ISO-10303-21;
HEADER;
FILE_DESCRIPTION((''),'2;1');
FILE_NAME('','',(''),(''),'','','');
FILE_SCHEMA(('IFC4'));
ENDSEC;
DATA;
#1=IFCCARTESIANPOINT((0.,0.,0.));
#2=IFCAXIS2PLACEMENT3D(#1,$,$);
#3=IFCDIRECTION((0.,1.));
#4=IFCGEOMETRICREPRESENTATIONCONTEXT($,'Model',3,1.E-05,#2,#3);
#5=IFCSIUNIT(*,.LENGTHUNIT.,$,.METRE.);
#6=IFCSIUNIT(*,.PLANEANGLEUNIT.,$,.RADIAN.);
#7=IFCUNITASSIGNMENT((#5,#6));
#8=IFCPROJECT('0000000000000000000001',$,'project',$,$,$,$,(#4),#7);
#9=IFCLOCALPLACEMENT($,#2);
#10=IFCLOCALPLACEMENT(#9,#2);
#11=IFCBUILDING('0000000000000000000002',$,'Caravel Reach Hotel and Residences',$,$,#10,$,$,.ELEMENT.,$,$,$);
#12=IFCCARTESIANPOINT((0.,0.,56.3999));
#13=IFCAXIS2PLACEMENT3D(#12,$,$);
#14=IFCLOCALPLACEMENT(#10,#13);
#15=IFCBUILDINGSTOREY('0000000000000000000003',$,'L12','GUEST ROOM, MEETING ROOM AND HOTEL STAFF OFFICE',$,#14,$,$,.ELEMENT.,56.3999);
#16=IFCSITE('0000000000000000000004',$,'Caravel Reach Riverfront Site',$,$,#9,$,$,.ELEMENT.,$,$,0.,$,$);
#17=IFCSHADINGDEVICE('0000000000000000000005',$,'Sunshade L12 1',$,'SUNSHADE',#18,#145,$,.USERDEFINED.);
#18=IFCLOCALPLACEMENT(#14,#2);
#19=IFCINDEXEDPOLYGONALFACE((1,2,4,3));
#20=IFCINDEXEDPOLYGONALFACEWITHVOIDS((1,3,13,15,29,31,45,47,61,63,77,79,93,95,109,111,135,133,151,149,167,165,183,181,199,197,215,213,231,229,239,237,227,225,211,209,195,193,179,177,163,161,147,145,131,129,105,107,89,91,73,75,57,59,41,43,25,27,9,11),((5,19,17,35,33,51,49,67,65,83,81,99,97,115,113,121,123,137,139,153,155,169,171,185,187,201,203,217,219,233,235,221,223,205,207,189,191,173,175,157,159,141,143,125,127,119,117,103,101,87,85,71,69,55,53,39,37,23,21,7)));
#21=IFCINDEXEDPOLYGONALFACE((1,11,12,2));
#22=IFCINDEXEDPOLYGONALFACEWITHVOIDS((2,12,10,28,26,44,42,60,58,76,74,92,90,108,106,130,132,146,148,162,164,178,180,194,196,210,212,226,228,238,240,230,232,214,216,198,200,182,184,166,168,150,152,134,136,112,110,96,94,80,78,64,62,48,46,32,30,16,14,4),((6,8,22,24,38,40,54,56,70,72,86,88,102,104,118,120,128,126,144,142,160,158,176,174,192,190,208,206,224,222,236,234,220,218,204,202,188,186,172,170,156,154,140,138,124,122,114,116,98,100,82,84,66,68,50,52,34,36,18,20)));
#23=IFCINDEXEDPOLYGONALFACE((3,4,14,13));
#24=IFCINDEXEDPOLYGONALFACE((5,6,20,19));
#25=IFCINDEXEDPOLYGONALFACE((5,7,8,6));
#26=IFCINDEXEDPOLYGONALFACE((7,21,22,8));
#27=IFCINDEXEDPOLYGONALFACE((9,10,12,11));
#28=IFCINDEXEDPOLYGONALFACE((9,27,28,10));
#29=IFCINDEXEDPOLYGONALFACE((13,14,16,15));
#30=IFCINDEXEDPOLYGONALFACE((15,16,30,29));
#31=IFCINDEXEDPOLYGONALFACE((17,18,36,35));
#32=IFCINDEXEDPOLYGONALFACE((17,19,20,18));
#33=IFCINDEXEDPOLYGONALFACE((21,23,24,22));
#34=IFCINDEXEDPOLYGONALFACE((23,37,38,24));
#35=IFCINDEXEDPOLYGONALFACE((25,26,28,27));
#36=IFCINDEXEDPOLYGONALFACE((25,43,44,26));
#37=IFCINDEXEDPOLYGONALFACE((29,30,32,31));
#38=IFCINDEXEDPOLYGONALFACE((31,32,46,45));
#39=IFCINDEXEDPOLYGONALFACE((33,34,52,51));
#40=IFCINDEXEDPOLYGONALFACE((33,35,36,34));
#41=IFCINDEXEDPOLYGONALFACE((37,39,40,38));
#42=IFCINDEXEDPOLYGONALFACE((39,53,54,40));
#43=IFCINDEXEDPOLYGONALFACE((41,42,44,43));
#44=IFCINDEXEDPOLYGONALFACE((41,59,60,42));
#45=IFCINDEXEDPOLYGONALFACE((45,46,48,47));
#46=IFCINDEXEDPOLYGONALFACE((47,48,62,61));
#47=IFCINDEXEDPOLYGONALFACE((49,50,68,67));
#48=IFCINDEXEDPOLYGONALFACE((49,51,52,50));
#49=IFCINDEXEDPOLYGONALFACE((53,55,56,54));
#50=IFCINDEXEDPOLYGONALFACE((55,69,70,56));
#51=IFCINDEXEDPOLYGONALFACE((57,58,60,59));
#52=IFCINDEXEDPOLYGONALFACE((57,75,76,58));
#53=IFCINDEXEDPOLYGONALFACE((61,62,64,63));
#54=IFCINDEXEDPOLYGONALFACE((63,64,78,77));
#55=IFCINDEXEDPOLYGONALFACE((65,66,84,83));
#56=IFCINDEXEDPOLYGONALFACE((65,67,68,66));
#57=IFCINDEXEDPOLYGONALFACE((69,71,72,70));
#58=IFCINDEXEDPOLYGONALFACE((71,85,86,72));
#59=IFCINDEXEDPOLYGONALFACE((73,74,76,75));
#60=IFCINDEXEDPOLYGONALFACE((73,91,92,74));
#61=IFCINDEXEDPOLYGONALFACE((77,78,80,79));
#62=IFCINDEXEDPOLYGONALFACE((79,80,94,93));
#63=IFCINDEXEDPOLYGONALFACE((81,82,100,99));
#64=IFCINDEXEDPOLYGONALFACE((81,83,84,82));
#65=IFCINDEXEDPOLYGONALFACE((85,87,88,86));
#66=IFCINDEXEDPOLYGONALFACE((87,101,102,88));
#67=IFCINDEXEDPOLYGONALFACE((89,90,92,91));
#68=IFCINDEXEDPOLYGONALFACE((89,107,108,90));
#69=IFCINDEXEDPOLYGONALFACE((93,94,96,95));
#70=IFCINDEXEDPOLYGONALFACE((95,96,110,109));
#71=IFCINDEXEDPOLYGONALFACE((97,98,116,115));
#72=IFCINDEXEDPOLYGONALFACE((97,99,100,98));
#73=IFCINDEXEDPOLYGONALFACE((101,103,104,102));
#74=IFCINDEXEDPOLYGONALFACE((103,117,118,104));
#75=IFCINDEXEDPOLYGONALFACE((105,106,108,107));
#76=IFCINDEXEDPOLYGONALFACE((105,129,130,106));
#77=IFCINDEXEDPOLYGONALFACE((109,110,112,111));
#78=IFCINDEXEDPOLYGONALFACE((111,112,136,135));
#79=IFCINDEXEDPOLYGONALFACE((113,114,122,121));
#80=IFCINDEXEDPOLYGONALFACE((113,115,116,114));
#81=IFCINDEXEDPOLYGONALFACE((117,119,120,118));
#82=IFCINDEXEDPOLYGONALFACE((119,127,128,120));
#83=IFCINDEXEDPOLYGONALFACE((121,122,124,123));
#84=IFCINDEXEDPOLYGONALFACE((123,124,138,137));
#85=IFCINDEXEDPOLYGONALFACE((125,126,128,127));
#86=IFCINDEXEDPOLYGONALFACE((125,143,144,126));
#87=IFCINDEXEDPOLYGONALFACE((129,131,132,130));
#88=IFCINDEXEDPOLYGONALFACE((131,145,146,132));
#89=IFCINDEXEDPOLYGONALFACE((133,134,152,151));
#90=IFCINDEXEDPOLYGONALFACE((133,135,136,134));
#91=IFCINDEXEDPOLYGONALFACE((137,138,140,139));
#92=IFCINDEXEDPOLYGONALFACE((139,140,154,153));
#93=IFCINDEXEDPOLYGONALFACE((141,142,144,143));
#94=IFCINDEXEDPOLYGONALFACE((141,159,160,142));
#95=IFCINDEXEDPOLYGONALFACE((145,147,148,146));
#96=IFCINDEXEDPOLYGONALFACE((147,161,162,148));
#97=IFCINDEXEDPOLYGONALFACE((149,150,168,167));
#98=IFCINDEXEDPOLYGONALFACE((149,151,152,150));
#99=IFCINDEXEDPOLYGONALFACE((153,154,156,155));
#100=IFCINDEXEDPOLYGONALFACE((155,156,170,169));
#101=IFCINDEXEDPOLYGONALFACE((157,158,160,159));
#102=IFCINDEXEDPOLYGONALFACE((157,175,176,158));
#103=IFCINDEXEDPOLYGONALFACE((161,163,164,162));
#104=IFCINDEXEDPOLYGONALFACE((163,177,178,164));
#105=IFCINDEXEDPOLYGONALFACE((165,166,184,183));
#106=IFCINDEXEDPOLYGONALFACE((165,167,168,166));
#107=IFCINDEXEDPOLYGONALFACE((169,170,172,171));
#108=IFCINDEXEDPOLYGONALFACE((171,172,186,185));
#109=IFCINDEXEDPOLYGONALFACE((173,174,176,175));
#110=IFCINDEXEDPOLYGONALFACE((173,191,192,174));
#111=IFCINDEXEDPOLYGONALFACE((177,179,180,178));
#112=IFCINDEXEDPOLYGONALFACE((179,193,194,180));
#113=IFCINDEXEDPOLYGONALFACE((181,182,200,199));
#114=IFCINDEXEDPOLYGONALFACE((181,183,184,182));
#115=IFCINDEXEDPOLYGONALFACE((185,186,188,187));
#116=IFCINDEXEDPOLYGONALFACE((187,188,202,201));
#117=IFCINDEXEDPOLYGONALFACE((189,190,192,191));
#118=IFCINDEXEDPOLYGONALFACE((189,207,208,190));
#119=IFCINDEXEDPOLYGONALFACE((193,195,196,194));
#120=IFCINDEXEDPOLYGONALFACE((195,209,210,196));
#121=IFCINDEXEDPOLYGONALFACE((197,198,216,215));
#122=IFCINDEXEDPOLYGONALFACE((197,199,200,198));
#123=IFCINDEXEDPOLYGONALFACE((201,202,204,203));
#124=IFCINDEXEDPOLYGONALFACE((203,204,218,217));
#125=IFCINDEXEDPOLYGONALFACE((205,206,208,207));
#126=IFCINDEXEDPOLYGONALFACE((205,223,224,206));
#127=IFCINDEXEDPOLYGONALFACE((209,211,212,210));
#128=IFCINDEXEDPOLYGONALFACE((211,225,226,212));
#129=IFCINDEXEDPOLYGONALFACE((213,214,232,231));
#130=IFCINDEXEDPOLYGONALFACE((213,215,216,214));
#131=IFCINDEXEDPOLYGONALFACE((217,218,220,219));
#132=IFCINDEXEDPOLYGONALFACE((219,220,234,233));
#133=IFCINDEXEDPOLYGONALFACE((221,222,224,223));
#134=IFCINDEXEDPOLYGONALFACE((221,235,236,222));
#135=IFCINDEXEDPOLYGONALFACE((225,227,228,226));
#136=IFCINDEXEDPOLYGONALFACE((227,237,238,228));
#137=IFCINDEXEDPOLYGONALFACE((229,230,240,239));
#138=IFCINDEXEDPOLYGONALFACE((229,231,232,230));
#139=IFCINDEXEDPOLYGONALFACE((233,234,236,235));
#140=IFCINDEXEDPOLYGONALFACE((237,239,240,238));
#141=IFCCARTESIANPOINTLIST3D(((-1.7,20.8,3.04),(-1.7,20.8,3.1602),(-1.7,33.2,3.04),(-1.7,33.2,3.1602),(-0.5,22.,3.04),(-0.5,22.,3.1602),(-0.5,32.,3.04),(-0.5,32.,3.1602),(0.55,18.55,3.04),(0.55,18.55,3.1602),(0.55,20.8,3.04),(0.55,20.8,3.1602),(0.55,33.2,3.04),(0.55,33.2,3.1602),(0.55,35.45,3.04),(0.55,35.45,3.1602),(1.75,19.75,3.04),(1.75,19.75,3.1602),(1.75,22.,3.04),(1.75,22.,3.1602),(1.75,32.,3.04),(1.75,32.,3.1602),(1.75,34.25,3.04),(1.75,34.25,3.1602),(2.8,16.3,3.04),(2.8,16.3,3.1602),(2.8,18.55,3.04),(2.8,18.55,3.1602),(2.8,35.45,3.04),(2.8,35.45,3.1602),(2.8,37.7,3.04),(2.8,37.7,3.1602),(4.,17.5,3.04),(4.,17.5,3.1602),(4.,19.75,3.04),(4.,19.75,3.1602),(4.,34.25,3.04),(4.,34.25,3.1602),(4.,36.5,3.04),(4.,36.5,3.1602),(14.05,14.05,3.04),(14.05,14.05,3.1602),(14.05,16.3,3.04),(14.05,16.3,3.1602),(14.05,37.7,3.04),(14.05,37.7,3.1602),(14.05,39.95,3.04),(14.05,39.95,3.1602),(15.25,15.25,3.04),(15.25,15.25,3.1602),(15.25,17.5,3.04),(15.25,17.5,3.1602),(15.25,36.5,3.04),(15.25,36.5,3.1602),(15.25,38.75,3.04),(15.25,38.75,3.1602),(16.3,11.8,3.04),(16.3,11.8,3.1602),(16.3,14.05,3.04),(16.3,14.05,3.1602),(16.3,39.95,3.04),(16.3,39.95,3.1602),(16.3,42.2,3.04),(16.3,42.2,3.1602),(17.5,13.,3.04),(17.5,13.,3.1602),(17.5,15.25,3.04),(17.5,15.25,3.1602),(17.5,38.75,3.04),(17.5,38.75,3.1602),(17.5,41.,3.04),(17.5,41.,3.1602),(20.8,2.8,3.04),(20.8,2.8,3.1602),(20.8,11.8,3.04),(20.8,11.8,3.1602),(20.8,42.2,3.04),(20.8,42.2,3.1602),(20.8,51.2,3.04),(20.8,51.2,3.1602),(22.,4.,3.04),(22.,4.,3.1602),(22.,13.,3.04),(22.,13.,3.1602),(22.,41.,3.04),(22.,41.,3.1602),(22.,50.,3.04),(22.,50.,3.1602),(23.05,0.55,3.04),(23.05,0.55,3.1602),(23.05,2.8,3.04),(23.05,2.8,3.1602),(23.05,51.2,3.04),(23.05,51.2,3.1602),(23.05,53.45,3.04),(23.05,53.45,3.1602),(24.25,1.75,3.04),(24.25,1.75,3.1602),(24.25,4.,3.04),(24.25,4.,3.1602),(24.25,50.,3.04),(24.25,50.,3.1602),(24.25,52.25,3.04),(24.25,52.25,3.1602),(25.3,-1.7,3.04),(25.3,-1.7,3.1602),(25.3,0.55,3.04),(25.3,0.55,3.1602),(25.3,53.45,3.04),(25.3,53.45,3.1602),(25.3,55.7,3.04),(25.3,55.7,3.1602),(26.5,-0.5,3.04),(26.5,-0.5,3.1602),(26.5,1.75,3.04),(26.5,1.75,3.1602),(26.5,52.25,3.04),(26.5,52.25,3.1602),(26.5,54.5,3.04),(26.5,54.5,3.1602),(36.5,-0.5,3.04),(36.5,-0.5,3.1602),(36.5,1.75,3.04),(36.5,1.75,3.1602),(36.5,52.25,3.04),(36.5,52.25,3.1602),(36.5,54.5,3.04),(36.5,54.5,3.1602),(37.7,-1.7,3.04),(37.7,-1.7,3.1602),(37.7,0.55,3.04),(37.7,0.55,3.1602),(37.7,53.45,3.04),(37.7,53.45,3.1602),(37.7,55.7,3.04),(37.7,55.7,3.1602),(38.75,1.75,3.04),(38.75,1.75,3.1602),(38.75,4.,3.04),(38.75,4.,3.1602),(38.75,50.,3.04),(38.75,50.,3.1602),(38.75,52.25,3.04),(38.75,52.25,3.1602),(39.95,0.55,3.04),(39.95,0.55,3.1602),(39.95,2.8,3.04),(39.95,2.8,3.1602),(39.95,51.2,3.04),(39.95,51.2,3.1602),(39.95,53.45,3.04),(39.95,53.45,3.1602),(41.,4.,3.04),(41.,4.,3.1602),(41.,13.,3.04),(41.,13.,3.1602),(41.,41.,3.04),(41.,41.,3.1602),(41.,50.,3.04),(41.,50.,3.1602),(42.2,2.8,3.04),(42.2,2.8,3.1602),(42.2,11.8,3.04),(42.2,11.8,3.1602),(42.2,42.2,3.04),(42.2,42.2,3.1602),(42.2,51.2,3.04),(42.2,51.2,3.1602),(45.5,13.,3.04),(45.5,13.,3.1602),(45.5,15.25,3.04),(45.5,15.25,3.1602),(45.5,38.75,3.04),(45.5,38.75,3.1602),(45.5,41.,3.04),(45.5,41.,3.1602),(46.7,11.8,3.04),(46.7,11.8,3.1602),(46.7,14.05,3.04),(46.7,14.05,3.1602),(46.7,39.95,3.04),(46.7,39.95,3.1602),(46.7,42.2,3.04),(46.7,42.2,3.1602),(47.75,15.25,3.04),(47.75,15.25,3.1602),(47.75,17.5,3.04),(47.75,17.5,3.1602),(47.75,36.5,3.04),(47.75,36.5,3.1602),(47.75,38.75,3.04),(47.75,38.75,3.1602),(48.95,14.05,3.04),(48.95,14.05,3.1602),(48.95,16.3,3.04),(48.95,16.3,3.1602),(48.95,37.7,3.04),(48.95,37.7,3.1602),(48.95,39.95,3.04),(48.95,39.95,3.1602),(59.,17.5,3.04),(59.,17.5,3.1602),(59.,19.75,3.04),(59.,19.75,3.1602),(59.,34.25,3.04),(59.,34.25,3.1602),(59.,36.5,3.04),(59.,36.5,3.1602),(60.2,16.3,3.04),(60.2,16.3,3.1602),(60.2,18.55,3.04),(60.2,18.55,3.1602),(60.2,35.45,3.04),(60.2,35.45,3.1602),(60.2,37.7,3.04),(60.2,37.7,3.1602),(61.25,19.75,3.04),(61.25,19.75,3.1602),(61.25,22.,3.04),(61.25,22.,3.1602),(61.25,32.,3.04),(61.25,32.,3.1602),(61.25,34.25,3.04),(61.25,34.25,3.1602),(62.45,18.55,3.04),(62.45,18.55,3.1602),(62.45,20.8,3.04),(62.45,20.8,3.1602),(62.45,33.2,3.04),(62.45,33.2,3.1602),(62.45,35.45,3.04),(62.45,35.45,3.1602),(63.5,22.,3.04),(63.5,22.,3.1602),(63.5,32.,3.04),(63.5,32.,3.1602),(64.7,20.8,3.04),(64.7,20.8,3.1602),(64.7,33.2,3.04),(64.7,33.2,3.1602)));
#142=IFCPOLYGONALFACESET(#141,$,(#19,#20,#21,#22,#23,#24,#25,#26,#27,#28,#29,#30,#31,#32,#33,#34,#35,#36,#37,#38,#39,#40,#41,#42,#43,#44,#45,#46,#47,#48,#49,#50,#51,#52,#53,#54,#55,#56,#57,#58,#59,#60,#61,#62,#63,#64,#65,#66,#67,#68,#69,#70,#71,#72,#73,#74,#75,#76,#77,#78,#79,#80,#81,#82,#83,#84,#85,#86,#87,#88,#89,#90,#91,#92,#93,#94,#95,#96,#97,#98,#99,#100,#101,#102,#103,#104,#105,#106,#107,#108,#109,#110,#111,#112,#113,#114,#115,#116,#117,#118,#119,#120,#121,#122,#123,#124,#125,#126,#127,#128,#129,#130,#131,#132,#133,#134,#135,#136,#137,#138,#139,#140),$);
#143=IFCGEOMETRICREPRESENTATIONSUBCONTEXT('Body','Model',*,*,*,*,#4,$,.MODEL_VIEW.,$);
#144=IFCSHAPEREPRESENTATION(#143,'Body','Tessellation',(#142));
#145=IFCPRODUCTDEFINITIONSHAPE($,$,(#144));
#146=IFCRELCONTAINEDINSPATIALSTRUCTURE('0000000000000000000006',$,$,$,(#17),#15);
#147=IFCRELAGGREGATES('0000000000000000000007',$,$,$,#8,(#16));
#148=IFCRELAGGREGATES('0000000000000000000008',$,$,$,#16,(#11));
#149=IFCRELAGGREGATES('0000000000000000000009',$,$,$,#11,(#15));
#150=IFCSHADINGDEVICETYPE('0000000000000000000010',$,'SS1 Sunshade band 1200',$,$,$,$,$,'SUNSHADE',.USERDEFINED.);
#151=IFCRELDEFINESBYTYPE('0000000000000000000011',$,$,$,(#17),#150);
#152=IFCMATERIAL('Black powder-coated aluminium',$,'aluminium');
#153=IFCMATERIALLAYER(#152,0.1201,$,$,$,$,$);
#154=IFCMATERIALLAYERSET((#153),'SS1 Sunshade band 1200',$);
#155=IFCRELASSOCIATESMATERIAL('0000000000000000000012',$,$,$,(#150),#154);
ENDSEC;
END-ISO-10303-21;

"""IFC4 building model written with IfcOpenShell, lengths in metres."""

from ifc_helpers import new_model, si_unit, direction, frame, origin, place, context, subcontext, project, spatial, polyline, outline, extrude, material, layer, layer_set, type_object, element, save


model = new_model("IFC4")

# Units and contexts
model_context = context("Model", 3, precision=1e-05, world=origin(), true_north=direction((0.0, 1.0)))
body_context = subcontext(model_context, "Body", "Model", "MODEL_VIEW")
ifc_project = project(units=[si_unit("LENGTHUNIT", "METRE"), si_unit("PLANEANGLEUNIT", "RADIAN")], contexts=[model_context])

# Site, building, storey
site_placement = place(None, origin())
site = spatial("IfcSite", under=ifc_project, at=site_placement, Name="Caravel Reach Riverfront Site", CompositionType="ELEMENT", RefElevation=0.0)
building_placement = place(site_placement, origin())
building = spatial("IfcBuilding", under=site, at=building_placement, Name="Caravel Reach Hotel and Residences", CompositionType="ELEMENT")
storey_placement = place(building_placement, frame((0.0, 0.0, 56.3999)))
storey = spatial("IfcBuildingStorey", under=building, at=storey_placement, Name="L12", Description="GUEST ROOM, MEETING ROOM AND HOTEL STAFF OFFICE", CompositionType="ELEMENT", Elevation=56.3999)

# Shading device
ifc_material_1 = material(Name="Black powder-coated aluminium", Category="aluminium")
ifc_layer_1 = layer(ifc_material_1, 0.1201)
ifc_layer_set_1 = layer_set([ifc_layer_1], Name="SS1 Sunshade band 1200")
shading_device_type = type_object("IfcShadingDeviceType", Name="SS1 Sunshade band 1200", ElementType="SUNSHADE", PredefinedType="USERDEFINED", material=ifc_layer_set_1)
shading_device_placement = place(storey_placement, frame((0.0, 0.0, 3.04)))
element("IfcShadingDevice", 1, at=shading_device_placement, inside=storey, type_object=shading_device_type, Name="Sunshade L12 1", ObjectType="SUNSHADE", PredefinedType="USERDEFINED", context=body_context, shape_type="SweptSolid", body=[
    extrude(outline(polyline([(20.8, 11.8), (20.8, 2.8), (23.05, 2.8), (23.05, 0.55), (25.3, 0.55), (25.3, -1.7), (37.7, -1.7), (37.7, 0.55), (39.95, 0.55), (39.95, 2.8), (42.2, 2.8), (42.2, 11.8), (46.7, 11.8), (46.7, 14.05), (48.95, 14.05), (48.95, 16.3), (60.2, 16.3), (60.2, 18.55), (62.45, 18.55), (62.45, 20.8), (64.7, 20.8), (64.7, 33.2), (62.45, 33.2), (62.45, 35.45), (60.2, 35.45), (60.2, 37.7), (48.95, 37.7), (48.95, 39.95), (46.7, 39.95), (46.7, 42.2), (42.2, 42.2), (42.2, 51.2), (39.95, 51.2), (39.95, 53.45), (37.7, 53.45), (37.7, 55.7), (25.3, 55.7), (25.3, 53.45), (23.05, 53.45), (23.05, 51.2), (20.8, 51.2), (20.8, 42.2), (16.3, 42.2), (16.3, 39.95), (14.05, 39.95), (14.05, 37.7), (2.8, 37.7), (2.8, 35.45), (0.55, 35.45), (0.55, 33.2), (-1.7, 33.2), (-1.7, 20.8), (0.55, 20.8), (0.55, 18.55), (2.8, 18.55), (2.8, 16.3), (14.05, 16.3), (14.05, 14.05), (16.3, 14.05), (16.3, 11.8), (20.8, 11.8)]), holes=[polyline([(24.25, 4.0), (22.0, 4.0), (22.0, 13.0), (17.5, 13.0), (17.5, 15.25), (15.25, 15.25), (15.25, 17.5), (4.0, 17.5), (4.0, 19.75), (1.75, 19.75), (1.75, 22.0), (-0.5, 22.0), (-0.5, 32.0), (1.75, 32.0), (1.75, 34.25), (4.0, 34.25), (4.0, 36.5), (15.25, 36.5), (15.25, 38.75), (17.5, 38.75), (17.5, 41.0), (22.0, 41.0), (22.0, 50.0), (24.25, 50.0), (24.25, 52.25), (26.5, 52.25), (26.5, 54.5), (36.5, 54.5), (36.5, 52.25), (38.75, 52.25), (38.75, 50.0), (41.0, 50.0), (41.0, 41.0), (45.5, 41.0), (45.5, 38.75), (47.75, 38.75), (47.75, 36.5), (59.0, 36.5), (59.0, 34.25), (61.25, 34.25), (61.25, 32.0), (63.5, 32.0), (63.5, 22.0), (61.25, 22.0), (61.25, 19.75), (59.0, 19.75), (59.0, 17.5), (47.75, 17.5), (47.75, 15.25), (45.5, 15.25), (45.5, 13.0), (41.0, 13.0), (41.0, 4.0), (38.75, 4.0), (38.75, 1.75), (36.5, 1.75), (36.5, -0.5), (26.5, -0.5), (26.5, 1.75), (24.25, 1.75), (24.25, 4.0)])]), origin(), (0.0, 0.0, 1.0), 0.1201),
])

save(model, "model.ifc")
